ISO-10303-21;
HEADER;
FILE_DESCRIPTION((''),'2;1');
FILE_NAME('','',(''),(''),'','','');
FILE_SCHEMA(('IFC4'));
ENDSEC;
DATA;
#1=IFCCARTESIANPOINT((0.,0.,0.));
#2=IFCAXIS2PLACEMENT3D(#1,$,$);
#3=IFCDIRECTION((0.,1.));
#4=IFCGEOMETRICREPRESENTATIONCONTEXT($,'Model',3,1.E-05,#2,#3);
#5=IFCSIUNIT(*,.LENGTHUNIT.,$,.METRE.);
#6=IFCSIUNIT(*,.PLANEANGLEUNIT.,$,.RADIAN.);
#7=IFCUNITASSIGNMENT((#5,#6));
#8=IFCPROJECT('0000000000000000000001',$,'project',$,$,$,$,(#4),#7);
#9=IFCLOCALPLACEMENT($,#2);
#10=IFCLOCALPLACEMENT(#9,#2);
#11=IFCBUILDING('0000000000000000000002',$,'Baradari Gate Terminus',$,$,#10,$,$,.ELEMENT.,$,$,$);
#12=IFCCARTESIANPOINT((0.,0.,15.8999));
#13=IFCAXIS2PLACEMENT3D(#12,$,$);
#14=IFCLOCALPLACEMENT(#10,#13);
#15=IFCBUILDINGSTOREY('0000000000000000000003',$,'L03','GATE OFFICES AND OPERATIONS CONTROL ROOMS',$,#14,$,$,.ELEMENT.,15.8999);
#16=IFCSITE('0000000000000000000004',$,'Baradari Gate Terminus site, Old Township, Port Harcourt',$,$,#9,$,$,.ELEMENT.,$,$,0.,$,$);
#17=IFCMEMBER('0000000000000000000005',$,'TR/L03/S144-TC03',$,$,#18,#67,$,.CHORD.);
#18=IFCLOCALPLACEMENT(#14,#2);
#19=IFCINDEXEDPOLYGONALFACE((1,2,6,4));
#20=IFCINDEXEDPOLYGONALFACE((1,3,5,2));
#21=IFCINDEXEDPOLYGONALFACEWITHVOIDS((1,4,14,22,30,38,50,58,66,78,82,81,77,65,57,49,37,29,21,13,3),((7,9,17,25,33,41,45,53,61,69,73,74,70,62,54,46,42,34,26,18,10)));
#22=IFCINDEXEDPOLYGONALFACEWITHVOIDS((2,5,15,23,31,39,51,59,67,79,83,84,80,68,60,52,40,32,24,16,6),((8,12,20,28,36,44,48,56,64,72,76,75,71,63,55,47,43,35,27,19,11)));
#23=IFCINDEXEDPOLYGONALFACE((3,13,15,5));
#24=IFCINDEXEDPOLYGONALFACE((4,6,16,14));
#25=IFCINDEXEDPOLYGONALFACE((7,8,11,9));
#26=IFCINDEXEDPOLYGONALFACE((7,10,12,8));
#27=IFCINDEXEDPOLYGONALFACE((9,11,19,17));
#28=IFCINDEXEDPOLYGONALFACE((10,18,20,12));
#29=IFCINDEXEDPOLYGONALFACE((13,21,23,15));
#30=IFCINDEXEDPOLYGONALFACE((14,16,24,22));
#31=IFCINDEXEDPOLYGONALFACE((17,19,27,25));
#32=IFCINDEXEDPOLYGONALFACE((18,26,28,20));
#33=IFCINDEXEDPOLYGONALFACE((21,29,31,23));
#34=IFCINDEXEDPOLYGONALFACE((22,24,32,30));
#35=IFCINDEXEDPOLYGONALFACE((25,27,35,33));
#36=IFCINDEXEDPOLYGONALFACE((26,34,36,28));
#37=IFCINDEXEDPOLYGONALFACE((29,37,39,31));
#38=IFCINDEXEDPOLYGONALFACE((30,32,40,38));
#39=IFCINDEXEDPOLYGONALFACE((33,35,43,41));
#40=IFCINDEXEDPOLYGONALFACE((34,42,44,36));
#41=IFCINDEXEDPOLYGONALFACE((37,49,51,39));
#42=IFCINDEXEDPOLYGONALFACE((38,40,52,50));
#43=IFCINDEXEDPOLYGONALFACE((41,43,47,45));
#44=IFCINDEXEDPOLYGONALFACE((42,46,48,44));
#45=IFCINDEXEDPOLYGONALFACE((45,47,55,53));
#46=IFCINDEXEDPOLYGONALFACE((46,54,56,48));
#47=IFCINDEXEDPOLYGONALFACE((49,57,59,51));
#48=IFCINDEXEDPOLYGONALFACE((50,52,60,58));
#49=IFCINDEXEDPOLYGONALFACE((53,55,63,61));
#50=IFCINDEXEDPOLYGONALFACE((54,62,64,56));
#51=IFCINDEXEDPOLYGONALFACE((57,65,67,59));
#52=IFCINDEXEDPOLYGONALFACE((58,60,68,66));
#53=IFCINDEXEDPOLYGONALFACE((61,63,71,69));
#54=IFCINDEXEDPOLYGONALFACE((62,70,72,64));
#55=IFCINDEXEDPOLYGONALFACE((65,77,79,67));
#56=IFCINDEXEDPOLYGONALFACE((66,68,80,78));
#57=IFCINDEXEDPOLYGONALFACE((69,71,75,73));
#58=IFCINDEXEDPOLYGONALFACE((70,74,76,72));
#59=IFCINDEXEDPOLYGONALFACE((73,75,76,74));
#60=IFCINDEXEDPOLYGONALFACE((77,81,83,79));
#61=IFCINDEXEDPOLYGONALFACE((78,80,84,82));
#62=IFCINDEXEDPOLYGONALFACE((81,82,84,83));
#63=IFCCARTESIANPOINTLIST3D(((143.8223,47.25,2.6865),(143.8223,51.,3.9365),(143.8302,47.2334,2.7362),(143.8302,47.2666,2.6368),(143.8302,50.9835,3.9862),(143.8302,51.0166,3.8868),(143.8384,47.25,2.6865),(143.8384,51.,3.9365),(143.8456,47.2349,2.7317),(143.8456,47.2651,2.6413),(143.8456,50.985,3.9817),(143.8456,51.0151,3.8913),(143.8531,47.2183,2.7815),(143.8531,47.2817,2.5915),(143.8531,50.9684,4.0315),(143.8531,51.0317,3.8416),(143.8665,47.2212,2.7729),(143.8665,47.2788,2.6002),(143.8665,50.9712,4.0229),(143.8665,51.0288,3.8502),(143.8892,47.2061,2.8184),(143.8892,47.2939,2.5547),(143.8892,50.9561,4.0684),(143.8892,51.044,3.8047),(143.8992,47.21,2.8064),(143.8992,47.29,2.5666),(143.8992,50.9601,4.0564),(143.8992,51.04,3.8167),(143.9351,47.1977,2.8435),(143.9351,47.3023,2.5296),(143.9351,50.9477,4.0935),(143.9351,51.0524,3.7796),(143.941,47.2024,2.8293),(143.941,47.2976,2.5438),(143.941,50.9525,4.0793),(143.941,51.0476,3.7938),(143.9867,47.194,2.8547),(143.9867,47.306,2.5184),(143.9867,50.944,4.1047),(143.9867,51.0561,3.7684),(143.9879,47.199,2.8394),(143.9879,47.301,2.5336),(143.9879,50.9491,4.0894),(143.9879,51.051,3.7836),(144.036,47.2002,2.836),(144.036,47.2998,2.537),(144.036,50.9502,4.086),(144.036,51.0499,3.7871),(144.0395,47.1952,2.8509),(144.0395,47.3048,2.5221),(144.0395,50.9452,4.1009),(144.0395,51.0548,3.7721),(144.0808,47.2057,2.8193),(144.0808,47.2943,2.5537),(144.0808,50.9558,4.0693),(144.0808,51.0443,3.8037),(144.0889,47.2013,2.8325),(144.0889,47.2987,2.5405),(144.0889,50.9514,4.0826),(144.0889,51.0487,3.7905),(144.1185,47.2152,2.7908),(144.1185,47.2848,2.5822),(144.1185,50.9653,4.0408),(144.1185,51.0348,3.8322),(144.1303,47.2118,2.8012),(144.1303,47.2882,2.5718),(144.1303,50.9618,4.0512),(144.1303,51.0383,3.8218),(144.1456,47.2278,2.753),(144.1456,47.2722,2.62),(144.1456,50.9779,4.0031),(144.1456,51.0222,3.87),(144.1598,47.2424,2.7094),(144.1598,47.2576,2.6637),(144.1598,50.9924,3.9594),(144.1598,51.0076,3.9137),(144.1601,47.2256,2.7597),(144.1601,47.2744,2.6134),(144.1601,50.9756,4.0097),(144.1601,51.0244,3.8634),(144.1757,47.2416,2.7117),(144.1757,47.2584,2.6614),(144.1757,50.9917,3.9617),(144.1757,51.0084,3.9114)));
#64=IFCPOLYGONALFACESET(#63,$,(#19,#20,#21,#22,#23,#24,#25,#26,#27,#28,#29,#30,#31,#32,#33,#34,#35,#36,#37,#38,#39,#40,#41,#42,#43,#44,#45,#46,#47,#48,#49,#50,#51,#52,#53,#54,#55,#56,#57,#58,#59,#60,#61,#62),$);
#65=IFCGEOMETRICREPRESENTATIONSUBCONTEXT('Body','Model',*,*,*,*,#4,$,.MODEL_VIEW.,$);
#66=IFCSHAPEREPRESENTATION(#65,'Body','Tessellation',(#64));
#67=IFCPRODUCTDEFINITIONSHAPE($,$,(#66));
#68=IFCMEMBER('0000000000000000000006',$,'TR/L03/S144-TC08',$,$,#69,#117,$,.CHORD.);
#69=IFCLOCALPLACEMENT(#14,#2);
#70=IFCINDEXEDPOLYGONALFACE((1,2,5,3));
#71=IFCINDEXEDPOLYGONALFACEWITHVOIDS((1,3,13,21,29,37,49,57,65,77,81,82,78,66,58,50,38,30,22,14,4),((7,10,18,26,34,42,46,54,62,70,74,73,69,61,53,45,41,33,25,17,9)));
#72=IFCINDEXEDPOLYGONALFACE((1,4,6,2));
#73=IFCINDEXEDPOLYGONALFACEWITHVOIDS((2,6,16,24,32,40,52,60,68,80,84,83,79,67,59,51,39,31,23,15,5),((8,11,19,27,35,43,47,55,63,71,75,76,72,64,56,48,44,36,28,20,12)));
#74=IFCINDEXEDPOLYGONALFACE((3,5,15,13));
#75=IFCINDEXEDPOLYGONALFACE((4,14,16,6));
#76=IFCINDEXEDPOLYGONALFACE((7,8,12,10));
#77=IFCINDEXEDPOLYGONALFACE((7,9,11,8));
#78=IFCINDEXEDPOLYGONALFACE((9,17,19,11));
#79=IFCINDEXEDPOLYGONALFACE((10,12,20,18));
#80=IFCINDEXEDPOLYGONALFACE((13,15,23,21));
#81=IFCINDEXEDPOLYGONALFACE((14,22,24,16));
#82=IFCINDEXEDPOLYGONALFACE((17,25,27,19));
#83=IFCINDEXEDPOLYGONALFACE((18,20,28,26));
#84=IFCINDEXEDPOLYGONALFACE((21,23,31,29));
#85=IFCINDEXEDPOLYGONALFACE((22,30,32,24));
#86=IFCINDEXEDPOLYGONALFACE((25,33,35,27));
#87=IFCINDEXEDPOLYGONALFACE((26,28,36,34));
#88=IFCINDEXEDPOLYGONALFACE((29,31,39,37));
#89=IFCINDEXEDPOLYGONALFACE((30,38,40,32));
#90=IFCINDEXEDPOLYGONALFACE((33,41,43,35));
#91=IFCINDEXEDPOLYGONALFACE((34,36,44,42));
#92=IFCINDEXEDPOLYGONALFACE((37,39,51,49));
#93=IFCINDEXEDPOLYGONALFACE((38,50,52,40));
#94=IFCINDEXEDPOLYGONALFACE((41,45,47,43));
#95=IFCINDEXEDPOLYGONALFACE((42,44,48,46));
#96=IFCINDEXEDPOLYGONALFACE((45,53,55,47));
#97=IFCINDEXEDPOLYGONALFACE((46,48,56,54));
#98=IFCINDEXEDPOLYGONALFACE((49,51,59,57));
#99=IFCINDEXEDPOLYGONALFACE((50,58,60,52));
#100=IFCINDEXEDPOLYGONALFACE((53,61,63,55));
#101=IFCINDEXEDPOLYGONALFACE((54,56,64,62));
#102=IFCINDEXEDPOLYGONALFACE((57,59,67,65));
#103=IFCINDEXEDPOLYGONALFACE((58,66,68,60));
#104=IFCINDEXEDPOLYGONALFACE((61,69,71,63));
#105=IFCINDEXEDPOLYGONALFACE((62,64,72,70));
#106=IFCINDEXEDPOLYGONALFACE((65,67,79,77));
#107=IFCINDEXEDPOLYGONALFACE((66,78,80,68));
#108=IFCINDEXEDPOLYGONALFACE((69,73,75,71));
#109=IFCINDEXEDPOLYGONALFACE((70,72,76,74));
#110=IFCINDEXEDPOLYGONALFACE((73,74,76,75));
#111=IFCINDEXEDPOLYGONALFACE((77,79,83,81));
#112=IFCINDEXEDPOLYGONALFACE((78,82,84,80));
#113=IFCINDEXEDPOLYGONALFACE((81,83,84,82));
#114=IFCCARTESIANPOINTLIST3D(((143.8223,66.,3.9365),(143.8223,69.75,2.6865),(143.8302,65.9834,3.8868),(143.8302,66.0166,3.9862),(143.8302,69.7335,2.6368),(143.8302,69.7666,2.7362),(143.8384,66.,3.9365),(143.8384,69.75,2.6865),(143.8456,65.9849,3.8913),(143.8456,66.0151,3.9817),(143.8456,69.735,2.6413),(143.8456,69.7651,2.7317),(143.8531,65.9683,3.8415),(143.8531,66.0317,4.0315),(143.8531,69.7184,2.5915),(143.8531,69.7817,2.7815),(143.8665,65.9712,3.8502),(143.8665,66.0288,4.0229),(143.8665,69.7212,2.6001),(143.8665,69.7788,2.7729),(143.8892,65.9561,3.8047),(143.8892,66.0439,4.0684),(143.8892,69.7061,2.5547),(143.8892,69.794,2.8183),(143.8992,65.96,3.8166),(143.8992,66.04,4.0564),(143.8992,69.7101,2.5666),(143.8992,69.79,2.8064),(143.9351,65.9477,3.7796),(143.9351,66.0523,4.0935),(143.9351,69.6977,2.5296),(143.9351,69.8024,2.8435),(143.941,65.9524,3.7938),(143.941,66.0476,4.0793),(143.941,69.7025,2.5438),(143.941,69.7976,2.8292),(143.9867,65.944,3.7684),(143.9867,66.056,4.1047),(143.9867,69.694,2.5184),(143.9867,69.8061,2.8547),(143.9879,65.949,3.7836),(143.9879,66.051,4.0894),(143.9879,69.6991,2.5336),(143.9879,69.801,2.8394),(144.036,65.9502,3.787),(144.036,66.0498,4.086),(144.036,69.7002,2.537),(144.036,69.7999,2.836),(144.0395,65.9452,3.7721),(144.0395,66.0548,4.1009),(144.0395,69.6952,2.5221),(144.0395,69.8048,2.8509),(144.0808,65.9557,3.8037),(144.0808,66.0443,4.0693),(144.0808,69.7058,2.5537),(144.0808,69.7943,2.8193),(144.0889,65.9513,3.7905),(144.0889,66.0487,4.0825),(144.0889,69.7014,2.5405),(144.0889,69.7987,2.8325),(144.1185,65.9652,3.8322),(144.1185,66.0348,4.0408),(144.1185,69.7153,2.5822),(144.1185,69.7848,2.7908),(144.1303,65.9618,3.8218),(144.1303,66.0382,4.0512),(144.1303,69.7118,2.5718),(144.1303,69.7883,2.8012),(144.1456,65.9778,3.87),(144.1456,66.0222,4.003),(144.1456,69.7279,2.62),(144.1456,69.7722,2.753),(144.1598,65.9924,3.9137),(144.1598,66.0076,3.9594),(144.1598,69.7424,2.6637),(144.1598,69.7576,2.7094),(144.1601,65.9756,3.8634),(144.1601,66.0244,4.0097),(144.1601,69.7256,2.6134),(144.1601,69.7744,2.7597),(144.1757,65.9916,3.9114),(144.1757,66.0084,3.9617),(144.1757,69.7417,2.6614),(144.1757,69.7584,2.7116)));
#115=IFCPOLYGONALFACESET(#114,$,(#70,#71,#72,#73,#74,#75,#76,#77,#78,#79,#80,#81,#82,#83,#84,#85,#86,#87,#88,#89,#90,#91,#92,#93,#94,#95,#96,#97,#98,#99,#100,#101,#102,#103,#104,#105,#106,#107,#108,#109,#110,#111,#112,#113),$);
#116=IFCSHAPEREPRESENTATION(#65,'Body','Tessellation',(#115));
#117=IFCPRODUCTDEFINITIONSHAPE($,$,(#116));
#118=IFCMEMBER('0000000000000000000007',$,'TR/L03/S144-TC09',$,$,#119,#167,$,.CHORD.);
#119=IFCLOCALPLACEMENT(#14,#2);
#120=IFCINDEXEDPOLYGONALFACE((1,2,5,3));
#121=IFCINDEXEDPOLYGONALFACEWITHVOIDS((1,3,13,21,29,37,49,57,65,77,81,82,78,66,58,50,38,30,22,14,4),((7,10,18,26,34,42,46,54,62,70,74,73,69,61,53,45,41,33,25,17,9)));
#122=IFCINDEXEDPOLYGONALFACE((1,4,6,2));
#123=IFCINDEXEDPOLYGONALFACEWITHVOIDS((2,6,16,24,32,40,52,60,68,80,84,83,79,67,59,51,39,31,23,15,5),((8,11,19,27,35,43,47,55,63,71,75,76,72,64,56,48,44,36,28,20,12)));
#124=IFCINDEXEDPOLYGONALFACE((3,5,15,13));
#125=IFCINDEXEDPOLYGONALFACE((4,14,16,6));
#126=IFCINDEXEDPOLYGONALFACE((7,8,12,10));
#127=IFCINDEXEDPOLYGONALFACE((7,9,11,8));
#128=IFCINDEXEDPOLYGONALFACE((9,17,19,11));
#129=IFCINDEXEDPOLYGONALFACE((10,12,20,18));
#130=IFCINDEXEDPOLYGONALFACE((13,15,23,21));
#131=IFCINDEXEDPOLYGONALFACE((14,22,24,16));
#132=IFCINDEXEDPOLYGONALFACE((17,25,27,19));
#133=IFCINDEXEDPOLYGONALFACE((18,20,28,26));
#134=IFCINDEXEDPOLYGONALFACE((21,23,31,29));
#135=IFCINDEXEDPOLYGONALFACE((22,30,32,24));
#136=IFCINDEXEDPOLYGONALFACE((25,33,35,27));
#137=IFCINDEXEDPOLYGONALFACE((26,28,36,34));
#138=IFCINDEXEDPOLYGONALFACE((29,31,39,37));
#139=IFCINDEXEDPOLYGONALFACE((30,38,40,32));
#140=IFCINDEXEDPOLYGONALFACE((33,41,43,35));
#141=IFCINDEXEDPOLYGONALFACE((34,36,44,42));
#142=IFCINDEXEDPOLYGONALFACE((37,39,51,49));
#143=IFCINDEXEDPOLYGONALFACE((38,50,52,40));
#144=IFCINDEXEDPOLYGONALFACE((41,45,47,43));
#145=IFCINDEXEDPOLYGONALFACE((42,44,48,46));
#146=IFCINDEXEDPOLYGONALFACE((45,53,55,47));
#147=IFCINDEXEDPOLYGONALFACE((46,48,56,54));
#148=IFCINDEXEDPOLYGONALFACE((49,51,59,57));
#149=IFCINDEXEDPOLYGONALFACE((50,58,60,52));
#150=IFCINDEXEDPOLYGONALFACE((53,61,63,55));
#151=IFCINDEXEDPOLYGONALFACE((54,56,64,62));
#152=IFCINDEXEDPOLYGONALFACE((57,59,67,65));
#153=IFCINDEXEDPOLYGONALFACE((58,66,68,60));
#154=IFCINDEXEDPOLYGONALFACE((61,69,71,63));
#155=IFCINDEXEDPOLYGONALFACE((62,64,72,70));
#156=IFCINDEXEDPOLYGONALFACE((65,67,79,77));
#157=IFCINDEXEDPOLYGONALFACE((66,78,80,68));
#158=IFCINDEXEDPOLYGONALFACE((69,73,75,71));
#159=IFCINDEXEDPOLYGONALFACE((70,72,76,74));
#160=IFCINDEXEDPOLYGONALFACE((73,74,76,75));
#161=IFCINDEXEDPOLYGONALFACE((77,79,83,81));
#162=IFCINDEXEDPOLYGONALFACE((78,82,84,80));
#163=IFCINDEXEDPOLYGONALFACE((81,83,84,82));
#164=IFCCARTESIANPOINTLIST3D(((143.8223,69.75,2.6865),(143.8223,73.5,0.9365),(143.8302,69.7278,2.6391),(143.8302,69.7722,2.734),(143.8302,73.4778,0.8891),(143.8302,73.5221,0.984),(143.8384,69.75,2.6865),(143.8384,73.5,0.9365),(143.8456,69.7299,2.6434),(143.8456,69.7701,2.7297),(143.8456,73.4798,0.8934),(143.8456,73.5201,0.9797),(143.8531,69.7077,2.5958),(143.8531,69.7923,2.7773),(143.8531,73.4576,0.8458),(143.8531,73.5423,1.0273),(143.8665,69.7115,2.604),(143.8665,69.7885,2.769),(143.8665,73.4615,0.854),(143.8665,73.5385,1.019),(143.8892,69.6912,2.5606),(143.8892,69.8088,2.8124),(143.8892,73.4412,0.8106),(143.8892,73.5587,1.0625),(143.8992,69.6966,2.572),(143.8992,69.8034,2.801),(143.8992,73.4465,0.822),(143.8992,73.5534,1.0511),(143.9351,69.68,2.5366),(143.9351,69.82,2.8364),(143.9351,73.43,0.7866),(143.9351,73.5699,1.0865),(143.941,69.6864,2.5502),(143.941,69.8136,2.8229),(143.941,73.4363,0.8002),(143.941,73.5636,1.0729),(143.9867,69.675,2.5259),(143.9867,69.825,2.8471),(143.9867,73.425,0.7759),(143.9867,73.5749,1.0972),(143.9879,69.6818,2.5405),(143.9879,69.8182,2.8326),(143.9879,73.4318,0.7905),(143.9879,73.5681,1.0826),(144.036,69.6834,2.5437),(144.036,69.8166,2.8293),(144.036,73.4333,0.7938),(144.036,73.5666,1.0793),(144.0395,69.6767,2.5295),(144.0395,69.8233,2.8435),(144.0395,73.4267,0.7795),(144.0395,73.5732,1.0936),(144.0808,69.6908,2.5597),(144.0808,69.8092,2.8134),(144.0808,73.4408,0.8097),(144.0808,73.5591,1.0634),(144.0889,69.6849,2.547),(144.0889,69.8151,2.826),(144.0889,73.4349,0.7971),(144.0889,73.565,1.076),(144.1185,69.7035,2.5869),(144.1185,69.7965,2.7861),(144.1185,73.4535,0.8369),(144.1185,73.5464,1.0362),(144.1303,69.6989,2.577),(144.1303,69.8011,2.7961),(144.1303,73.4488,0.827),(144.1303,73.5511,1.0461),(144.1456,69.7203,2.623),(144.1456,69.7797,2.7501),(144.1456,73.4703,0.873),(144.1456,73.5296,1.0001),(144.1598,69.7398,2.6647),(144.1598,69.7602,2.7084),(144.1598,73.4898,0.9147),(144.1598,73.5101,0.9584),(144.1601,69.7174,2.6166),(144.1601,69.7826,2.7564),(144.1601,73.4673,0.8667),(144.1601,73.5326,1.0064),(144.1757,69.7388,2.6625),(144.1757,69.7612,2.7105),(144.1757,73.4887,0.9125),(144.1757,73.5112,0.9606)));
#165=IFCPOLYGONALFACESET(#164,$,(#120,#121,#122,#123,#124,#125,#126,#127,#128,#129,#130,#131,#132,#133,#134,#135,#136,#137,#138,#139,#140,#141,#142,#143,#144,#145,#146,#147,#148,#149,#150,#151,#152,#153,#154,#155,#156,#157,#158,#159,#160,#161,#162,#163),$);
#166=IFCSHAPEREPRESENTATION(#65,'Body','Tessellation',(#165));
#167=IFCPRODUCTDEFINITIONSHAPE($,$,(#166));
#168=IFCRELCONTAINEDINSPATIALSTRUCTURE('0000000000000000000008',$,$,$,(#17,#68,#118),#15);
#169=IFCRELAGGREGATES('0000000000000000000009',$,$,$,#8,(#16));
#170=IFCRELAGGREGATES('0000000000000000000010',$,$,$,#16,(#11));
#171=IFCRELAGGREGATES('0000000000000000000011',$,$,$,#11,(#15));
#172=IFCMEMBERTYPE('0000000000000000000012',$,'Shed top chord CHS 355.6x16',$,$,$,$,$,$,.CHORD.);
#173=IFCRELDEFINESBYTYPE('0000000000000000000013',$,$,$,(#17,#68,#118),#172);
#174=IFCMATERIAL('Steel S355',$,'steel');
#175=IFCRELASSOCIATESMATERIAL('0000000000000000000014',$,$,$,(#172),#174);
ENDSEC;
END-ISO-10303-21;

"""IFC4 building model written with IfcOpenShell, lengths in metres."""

from ifc_helpers import new_model, si_unit, direction, frame, origin, origin_2d, place, context, subcontext, project, spatial, hollow_circle, extrude, material, material_profile, profile_set, type_object, element, save


model = new_model("IFC4")

# Units and contexts
model_context = context("Model", 3, precision=1e-05, world=origin(), true_north=direction((0.0, 1.0)))
body_context = subcontext(model_context, "Body", "Model", "MODEL_VIEW")
ifc_project = project(units=[si_unit("LENGTHUNIT", "METRE"), si_unit("PLANEANGLEUNIT", "RADIAN")], contexts=[model_context])

# Site, building, storey
site_placement = place(None, origin())
site = spatial("IfcSite", under=ifc_project, at=site_placement, Name="Baradari Gate Terminus site, Old Township, Port Harcourt", CompositionType="ELEMENT", RefElevation=0.0)
building_placement = place(site_placement, origin())
building = spatial("IfcBuilding", under=site, at=building_placement, Name="Baradari Gate Terminus", CompositionType="ELEMENT")
storey_placement = place(building_placement, frame((0.0, 0.0, 15.8999)))
storey = spatial("IfcBuildingStorey", under=building, at=storey_placement, Name="L03", Description="GATE OFFICES AND OPERATIONS CONTROL ROOMS", CompositionType="ELEMENT", Elevation=15.8999)

# Members
ifc_material_1 = material(Name="Steel S355", Category="steel")
ifc_material_profile_1 = material_profile(ifc_material_1, hollow_circle(Radius=0.1777, WallThickness=0.0161, at=origin_2d()), Name="CHS 355.6x16")
ifc_profile_set_1 = profile_set([ifc_material_profile_1], Name="Steel S355")
member_type_1 = type_object("IfcMemberType", Name="Shed top chord CHS 355.6x16", PredefinedType="CHORD", material=ifc_profile_set_1)
for number, where, z_axis, x_axis, name in (
    (1, (144.0, 47.25, 2.6865), (0.0, 0.948683, 0.316228), (-1.0, 0.0, 0.0), "TR/L03/S144-TC03"),
    (2, (144.0, 66.0, 3.9365), (0.0, 0.948683, -0.316228), (-1.0, 0.0, 0.0), "TR/L03/S144-TC08"),
):
    element("IfcMember", number, at=place(storey_placement, frame(where, z_axis=z_axis, x_axis=x_axis)), inside=storey, type_object=member_type_1, Name=name, PredefinedType="CHORD", context=body_context, shape_type="SweptSolid", body=[
        extrude(hollow_circle(Radius=0.1777, WallThickness=0.0161, at=origin_2d()), origin(), (0.0, 0.0, 1.0), 3.9529),
    ])
for number, where, z_axis, x_axis, name in (
    (3, (144.0, 69.75, 2.6865), (0.0, 0.906183, -0.422885), (-1.0, 0.0, 0.0), "TR/L03/S144-TC09"),
):
    element("IfcMember", number, at=place(storey_placement, frame(where, z_axis=z_axis, x_axis=x_axis)), inside=storey, type_object=member_type_1, Name=name, PredefinedType="CHORD", context=body_context, shape_type="SweptSolid", body=[
        extrude(hollow_circle(Radius=0.1777, WallThickness=0.0161, at=origin_2d()), origin(), (0.0, 0.0, 1.0), 4.1382),
    ])

save(model, "model.ifc")
